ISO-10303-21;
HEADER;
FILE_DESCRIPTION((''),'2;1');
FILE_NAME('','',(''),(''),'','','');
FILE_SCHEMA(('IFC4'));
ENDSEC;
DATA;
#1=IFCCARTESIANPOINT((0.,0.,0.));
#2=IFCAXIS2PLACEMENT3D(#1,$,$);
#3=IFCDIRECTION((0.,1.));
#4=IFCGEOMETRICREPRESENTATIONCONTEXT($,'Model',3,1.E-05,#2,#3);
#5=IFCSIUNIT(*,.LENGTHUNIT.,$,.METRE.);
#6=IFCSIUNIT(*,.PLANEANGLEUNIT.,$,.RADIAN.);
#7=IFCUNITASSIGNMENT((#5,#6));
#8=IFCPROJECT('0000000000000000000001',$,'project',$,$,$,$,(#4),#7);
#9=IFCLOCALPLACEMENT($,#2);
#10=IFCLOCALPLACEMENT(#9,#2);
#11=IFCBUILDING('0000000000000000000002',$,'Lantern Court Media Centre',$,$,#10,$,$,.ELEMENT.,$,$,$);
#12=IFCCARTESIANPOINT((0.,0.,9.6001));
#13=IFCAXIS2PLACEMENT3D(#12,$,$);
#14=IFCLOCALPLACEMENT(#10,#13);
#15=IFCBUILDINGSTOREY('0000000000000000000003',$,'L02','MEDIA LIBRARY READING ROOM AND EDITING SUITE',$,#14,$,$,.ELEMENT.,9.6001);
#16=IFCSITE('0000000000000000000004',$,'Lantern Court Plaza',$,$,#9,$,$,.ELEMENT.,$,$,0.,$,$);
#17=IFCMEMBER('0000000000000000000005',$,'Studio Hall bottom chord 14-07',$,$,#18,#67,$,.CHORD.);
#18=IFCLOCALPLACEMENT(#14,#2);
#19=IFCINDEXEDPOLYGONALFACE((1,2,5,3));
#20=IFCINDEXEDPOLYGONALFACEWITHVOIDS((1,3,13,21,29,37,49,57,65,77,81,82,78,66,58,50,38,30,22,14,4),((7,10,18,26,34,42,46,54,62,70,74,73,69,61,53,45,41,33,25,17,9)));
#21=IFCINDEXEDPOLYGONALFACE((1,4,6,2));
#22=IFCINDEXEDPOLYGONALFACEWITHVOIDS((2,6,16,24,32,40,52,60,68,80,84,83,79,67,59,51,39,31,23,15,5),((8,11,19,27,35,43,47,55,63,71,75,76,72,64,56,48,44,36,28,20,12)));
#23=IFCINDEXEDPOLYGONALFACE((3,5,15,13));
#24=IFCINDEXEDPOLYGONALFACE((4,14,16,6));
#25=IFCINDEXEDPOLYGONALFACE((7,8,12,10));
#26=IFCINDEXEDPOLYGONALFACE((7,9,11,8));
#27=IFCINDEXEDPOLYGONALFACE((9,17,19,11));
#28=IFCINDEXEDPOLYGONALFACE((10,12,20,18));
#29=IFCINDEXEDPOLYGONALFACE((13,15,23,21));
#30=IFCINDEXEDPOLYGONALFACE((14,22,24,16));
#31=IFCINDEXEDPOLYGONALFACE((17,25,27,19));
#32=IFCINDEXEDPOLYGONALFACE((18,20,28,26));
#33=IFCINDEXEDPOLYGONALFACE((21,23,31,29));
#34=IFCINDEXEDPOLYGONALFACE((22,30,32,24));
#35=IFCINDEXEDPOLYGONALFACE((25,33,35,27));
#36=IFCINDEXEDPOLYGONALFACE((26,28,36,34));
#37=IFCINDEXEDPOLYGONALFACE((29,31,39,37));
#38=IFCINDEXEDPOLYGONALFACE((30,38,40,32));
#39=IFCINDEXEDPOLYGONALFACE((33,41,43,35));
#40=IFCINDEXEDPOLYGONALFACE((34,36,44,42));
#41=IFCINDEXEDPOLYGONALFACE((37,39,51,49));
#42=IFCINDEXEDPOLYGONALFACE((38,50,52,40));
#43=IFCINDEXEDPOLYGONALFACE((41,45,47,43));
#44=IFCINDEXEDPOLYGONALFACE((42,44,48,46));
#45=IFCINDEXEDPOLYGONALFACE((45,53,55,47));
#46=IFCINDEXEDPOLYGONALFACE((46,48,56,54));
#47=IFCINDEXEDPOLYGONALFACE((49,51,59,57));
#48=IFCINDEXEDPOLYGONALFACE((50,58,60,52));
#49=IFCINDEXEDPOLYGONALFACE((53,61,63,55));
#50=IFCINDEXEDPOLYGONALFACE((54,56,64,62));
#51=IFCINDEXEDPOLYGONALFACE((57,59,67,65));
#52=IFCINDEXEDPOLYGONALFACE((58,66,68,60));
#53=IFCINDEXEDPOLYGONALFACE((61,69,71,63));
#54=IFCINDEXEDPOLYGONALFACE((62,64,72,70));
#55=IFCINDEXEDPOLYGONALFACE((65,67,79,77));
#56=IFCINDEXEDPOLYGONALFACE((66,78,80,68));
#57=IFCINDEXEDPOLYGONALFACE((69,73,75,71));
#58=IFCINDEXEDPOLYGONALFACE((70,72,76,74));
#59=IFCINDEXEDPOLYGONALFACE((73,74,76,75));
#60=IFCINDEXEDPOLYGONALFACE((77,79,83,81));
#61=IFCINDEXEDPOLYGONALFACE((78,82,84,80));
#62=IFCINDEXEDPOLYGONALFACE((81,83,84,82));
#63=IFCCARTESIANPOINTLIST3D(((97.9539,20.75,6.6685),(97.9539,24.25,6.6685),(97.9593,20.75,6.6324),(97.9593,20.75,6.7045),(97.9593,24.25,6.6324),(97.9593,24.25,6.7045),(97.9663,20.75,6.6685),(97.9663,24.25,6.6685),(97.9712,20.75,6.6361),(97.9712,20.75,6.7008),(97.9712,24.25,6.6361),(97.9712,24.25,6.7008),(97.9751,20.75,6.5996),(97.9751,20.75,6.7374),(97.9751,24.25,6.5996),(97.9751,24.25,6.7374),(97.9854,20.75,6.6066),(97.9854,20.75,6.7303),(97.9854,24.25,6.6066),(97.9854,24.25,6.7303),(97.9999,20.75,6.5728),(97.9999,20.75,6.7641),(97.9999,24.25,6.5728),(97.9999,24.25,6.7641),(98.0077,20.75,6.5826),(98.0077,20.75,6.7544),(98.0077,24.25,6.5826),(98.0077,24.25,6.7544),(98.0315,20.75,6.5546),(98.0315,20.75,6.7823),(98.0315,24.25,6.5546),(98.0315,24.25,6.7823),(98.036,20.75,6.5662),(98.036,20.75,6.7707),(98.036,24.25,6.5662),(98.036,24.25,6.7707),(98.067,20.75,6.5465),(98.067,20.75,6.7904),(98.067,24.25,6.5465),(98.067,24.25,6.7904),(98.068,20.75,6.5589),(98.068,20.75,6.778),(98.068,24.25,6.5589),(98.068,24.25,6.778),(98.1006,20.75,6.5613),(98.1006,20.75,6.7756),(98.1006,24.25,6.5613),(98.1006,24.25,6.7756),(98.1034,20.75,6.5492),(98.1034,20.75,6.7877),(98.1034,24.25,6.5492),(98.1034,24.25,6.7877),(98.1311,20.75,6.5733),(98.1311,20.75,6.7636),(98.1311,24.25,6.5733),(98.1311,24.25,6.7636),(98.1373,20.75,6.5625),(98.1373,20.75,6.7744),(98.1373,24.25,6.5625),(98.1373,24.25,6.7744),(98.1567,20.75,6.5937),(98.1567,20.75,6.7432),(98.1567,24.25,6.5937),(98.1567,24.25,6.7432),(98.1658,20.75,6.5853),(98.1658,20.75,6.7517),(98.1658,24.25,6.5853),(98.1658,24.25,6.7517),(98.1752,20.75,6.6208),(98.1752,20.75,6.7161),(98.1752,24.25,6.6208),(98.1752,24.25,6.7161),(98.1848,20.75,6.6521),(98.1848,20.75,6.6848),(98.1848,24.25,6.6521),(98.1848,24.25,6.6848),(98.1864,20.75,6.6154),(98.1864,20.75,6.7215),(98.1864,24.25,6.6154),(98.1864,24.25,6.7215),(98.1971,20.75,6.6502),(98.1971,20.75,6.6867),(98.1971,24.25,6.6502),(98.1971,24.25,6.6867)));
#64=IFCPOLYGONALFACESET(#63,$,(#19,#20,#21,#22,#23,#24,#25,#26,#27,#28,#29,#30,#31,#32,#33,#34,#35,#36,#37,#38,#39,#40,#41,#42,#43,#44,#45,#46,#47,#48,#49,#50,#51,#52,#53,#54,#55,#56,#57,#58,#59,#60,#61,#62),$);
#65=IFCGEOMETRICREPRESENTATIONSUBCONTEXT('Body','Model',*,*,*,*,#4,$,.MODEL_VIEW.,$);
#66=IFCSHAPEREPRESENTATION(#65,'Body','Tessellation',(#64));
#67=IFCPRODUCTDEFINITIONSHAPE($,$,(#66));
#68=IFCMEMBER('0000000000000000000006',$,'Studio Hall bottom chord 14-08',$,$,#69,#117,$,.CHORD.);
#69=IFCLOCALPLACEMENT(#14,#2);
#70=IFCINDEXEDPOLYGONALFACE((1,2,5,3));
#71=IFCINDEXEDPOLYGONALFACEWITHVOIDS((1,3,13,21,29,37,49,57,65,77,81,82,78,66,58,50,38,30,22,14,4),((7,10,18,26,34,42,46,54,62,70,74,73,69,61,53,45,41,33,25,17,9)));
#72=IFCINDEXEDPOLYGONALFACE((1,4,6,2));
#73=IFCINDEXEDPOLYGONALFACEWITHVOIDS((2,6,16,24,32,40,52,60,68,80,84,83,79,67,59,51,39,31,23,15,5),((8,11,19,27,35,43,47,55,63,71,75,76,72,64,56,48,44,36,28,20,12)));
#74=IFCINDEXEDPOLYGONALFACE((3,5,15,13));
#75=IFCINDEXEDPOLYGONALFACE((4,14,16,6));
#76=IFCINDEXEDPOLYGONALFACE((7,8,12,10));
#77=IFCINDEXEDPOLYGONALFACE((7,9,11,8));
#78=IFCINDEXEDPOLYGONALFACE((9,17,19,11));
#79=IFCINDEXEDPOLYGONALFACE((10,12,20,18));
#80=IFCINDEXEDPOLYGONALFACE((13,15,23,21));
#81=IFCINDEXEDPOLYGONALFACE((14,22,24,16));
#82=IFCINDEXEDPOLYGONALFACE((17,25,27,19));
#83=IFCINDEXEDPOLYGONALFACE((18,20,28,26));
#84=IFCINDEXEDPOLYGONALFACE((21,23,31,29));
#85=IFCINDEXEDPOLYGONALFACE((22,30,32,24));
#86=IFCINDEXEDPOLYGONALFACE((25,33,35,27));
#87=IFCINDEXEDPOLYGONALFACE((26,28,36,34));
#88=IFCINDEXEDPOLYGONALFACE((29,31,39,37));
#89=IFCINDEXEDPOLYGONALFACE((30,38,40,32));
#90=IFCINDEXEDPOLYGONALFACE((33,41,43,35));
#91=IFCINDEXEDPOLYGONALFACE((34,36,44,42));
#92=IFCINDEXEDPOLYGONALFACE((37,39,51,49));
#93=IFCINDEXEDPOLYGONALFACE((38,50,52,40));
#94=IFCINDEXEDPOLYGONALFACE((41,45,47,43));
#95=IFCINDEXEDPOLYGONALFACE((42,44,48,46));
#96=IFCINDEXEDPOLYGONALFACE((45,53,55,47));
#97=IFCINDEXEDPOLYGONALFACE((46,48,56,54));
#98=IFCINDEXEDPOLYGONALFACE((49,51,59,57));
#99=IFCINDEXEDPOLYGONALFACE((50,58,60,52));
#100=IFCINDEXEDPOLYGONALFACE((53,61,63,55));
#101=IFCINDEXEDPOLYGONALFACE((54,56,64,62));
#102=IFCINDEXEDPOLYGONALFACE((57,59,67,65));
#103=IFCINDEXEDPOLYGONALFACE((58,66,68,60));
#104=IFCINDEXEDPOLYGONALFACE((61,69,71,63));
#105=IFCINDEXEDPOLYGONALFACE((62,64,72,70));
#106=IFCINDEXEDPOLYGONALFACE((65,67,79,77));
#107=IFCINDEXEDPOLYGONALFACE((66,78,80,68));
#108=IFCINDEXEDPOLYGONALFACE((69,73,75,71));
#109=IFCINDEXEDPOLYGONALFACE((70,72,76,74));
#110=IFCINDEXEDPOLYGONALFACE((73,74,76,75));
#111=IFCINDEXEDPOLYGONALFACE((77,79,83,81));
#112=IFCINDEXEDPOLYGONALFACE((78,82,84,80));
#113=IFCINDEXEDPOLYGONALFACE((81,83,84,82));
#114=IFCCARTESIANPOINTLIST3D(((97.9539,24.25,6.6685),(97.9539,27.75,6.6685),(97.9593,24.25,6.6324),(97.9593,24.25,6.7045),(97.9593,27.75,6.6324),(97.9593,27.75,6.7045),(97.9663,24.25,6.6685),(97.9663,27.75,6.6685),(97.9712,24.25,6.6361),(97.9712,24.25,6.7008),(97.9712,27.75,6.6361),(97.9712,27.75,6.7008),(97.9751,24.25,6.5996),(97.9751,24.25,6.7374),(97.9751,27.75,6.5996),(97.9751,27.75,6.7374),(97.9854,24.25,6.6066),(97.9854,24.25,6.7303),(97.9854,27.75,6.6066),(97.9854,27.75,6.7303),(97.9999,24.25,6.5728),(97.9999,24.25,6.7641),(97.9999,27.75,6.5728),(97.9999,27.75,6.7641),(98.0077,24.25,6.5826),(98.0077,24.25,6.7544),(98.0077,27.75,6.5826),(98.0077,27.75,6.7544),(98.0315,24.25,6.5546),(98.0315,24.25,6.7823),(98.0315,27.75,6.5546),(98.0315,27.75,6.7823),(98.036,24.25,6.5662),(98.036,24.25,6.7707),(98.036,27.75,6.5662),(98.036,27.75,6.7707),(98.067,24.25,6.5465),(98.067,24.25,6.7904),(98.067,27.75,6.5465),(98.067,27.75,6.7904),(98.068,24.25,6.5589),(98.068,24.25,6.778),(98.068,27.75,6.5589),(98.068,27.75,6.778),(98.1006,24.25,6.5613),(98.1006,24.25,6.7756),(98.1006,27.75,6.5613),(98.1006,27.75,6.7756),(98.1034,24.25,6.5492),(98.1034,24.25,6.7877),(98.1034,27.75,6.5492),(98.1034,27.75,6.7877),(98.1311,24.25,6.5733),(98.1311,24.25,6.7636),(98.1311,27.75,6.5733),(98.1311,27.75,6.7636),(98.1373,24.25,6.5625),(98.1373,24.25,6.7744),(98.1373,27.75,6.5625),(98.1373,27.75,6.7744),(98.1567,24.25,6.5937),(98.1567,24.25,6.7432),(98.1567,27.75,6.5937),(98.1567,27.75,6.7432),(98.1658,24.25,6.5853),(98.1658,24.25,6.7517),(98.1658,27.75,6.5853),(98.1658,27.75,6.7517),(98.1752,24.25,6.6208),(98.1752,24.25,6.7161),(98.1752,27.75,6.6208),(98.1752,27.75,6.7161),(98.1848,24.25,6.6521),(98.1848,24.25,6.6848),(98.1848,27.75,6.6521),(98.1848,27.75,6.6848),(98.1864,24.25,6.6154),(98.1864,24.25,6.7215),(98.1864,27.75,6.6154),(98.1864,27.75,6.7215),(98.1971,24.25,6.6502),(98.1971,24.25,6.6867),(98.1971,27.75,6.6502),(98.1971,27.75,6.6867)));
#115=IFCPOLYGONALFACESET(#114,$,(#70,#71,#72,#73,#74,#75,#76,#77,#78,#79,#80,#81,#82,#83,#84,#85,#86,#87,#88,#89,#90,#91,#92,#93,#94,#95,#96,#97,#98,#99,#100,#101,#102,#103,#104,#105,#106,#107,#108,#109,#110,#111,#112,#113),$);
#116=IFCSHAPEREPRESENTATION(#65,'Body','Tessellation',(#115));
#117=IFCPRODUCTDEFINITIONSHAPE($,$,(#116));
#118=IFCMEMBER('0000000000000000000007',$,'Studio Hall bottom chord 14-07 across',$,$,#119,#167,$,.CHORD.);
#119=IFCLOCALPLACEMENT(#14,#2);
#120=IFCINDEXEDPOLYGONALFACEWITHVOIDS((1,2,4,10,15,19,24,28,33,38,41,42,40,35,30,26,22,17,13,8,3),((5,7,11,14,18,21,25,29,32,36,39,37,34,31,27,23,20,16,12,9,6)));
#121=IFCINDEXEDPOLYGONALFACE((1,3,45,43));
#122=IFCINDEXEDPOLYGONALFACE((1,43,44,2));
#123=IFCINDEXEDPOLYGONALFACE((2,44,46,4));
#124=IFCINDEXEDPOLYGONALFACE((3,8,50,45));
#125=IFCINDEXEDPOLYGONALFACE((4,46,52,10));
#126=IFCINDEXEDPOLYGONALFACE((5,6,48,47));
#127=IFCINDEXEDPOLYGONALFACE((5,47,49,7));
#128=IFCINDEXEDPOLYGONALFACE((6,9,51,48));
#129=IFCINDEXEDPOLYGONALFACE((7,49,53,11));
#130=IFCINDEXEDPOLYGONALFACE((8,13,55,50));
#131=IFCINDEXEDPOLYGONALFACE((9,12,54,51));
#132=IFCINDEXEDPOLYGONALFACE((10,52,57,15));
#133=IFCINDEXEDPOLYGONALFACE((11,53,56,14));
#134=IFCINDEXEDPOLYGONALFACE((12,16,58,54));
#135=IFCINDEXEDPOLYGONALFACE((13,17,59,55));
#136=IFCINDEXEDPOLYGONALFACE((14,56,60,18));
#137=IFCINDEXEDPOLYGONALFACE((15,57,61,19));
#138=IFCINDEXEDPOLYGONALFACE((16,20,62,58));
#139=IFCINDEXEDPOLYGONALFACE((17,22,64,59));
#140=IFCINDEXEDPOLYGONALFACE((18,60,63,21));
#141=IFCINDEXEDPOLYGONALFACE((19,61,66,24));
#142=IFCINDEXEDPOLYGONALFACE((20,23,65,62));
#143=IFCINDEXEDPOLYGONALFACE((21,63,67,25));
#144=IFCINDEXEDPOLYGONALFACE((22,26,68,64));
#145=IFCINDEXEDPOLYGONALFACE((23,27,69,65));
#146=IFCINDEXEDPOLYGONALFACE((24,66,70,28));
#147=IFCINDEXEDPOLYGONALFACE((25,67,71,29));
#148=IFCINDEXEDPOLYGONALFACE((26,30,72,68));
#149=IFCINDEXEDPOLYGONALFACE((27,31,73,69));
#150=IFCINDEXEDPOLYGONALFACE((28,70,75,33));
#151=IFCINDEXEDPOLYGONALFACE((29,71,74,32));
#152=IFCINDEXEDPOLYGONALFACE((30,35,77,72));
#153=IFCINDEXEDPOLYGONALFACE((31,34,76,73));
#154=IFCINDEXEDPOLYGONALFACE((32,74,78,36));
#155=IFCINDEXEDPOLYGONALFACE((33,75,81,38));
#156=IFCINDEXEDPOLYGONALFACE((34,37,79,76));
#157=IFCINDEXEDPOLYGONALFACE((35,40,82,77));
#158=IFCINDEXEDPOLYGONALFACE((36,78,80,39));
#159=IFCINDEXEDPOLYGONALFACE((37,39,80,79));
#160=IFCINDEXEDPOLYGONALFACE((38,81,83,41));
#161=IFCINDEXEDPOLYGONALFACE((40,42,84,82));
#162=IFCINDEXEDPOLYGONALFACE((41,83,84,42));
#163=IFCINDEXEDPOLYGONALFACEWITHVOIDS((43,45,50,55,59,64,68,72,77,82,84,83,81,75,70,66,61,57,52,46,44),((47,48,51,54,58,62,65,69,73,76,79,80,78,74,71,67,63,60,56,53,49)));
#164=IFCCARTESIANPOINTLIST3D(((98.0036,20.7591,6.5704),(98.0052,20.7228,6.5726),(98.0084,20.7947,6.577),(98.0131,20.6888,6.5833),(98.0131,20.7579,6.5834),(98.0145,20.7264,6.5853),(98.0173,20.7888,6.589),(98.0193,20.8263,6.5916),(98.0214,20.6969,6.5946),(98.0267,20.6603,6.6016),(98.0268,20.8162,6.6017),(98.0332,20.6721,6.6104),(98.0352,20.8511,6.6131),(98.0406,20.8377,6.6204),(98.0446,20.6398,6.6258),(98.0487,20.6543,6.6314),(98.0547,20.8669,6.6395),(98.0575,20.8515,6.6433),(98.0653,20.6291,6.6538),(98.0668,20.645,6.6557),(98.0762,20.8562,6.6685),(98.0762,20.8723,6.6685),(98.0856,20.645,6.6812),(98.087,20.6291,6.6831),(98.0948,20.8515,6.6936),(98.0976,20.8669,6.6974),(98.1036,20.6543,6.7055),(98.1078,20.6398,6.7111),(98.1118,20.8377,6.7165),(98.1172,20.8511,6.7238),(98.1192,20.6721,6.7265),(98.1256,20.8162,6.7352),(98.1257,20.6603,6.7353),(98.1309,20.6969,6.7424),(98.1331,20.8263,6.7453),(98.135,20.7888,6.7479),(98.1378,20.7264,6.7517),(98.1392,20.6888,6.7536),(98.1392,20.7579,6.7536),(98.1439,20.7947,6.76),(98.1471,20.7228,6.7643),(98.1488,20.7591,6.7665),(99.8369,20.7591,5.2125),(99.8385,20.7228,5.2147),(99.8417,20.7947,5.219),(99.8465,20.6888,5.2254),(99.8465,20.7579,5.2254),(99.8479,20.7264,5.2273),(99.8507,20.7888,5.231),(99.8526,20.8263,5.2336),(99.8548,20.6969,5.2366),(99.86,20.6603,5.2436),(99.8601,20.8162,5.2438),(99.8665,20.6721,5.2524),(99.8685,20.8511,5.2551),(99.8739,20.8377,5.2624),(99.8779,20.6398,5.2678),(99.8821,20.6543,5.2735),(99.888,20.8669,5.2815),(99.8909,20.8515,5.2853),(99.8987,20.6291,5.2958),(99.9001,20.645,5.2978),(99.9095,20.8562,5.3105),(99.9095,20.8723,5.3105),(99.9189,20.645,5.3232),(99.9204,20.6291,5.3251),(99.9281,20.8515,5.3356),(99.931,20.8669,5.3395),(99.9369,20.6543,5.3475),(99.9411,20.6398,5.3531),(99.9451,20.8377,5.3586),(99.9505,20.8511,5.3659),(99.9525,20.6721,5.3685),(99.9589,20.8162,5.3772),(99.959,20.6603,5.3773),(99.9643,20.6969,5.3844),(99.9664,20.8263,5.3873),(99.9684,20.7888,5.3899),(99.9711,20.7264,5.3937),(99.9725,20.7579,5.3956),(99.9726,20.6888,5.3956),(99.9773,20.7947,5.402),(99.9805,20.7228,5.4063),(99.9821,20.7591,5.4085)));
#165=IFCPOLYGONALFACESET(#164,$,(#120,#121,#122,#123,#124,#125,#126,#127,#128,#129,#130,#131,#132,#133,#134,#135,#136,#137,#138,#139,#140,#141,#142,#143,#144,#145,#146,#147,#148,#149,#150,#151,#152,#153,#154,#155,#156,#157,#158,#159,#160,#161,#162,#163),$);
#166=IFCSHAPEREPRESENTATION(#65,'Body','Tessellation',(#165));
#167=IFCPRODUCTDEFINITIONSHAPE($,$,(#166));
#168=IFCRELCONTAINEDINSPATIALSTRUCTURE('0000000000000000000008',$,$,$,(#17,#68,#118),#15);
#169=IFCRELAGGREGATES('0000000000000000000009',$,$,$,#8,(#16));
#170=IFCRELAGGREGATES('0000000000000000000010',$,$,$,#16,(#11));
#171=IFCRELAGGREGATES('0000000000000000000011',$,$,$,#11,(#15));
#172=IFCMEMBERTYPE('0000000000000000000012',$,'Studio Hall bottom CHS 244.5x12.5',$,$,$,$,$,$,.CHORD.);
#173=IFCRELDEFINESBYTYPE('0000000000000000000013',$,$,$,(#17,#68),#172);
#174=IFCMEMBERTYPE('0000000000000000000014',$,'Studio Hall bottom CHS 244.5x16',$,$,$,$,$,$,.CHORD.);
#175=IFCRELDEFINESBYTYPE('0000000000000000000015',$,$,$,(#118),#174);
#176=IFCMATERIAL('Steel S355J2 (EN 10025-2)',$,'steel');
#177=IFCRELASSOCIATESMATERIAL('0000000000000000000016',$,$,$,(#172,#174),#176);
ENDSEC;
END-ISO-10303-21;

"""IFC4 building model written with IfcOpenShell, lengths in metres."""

from ifc_helpers import new_model, si_unit, direction, frame, origin, origin_2d, place, context, subcontext, project, spatial, hollow_circle, extrude, material, material_profile, profile_set, type_object, element, save


model = new_model("IFC4")

# Units and contexts
model_context = context("Model", 3, precision=1e-05, world=origin(), true_north=direction((0.0, 1.0)))
body_context = subcontext(model_context, "Body", "Model", "MODEL_VIEW")
ifc_project = project(units=[si_unit("LENGTHUNIT", "METRE"), si_unit("PLANEANGLEUNIT", "RADIAN")], contexts=[model_context])

# Site, building, storey
site_placement = place(None, origin())
site = spatial("IfcSite", under=ifc_project, at=site_placement, Name="Lantern Court Plaza", CompositionType="ELEMENT", RefElevation=0.0)
building_placement = place(site_placement, origin())
building = spatial("IfcBuilding", under=site, at=building_placement, Name="Lantern Court Media Centre", CompositionType="ELEMENT")
storey_placement = place(building_placement, frame((0.0, 0.0, 9.6001)))
storey = spatial("IfcBuildingStorey", under=building, at=storey_placement, Name="L02", Description="MEDIA LIBRARY READING ROOM AND EDITING SUITE", CompositionType="ELEMENT", Elevation=9.6001)

# Members
ifc_material = material(Name="Steel S355J2 (EN 10025-2)", Category="steel")
ifc_material_profile_1 = material_profile(ifc_material, hollow_circle(Radius=0.1223, WallThickness=0.0125, at=origin_2d()), Name="Studio Hall bottom CHS 244.5x12.5")
ifc_profile_set_1 = profile_set([ifc_material_profile_1], Name="Steel S355J2 (EN 10025-2)")
member_type_1 = type_object("IfcMemberType", Name="Studio Hall bottom CHS 244.5x12.5", PredefinedType="CHORD", material=ifc_profile_set_1)
for number, where, z_axis, x_axis, name in (
    (1, (98.0762, 20.75, 6.6685), (0.0, 1.0, 0.0), (-1.0, 0.0, 0.0), "Studio Hall bottom chord 14-07"),
    (2, (98.0762, 24.25, 6.6685), (0.0, 1.0, 0.0), (-1.0, 0.0, 0.0), "Studio Hall bottom chord 14-08"),
):
    element("IfcMember", number, at=place(storey_placement, frame(where, z_axis=z_axis, x_axis=x_axis)), inside=storey, type_object=member_type_1, Name=name, PredefinedType="CHORD", context=body_context, shape_type="SweptSolid", body=[
        extrude(hollow_circle(Radius=0.1223, WallThickness=0.0125, at=origin_2d()), origin(), (0.0, 0.0, 1.0), 3.5),
    ])
ifc_material_profile_2 = material_profile(ifc_material, hollow_circle(Radius=0.1223, WallThickness=0.0161, at=origin_2d()), Name="Studio Hall bottom CHS 244.5x16")
ifc_profile_set_2 = profile_set([ifc_material_profile_2], Name="Steel S355J2 (EN 10025-2)")
member_type_2 = type_object("IfcMemberType", Name="Studio Hall bottom CHS 244.5x16", PredefinedType="CHORD", material=ifc_profile_set_2)
for number, where, z_axis, x_axis, name in (
    (3, (98.0762, 20.75, 6.6685), (0.803569, 0.0, -0.595212), (0.0, 1.0, 0.0), "Studio Hall bottom chord 14-07 across"),
):
    element("IfcMember", number, at=place(storey_placement, frame(where, z_axis=z_axis, x_axis=x_axis)), inside=storey, type_object=member_type_2, Name=name, PredefinedType="CHORD", context=body_context, shape_type="SweptSolid", body=[
        extrude(hollow_circle(Radius=0.1223, WallThickness=0.0161, at=origin_2d()), origin(), (0.0, 0.0, 1.0), 2.2815),
    ])

save(model, "model.ifc")
